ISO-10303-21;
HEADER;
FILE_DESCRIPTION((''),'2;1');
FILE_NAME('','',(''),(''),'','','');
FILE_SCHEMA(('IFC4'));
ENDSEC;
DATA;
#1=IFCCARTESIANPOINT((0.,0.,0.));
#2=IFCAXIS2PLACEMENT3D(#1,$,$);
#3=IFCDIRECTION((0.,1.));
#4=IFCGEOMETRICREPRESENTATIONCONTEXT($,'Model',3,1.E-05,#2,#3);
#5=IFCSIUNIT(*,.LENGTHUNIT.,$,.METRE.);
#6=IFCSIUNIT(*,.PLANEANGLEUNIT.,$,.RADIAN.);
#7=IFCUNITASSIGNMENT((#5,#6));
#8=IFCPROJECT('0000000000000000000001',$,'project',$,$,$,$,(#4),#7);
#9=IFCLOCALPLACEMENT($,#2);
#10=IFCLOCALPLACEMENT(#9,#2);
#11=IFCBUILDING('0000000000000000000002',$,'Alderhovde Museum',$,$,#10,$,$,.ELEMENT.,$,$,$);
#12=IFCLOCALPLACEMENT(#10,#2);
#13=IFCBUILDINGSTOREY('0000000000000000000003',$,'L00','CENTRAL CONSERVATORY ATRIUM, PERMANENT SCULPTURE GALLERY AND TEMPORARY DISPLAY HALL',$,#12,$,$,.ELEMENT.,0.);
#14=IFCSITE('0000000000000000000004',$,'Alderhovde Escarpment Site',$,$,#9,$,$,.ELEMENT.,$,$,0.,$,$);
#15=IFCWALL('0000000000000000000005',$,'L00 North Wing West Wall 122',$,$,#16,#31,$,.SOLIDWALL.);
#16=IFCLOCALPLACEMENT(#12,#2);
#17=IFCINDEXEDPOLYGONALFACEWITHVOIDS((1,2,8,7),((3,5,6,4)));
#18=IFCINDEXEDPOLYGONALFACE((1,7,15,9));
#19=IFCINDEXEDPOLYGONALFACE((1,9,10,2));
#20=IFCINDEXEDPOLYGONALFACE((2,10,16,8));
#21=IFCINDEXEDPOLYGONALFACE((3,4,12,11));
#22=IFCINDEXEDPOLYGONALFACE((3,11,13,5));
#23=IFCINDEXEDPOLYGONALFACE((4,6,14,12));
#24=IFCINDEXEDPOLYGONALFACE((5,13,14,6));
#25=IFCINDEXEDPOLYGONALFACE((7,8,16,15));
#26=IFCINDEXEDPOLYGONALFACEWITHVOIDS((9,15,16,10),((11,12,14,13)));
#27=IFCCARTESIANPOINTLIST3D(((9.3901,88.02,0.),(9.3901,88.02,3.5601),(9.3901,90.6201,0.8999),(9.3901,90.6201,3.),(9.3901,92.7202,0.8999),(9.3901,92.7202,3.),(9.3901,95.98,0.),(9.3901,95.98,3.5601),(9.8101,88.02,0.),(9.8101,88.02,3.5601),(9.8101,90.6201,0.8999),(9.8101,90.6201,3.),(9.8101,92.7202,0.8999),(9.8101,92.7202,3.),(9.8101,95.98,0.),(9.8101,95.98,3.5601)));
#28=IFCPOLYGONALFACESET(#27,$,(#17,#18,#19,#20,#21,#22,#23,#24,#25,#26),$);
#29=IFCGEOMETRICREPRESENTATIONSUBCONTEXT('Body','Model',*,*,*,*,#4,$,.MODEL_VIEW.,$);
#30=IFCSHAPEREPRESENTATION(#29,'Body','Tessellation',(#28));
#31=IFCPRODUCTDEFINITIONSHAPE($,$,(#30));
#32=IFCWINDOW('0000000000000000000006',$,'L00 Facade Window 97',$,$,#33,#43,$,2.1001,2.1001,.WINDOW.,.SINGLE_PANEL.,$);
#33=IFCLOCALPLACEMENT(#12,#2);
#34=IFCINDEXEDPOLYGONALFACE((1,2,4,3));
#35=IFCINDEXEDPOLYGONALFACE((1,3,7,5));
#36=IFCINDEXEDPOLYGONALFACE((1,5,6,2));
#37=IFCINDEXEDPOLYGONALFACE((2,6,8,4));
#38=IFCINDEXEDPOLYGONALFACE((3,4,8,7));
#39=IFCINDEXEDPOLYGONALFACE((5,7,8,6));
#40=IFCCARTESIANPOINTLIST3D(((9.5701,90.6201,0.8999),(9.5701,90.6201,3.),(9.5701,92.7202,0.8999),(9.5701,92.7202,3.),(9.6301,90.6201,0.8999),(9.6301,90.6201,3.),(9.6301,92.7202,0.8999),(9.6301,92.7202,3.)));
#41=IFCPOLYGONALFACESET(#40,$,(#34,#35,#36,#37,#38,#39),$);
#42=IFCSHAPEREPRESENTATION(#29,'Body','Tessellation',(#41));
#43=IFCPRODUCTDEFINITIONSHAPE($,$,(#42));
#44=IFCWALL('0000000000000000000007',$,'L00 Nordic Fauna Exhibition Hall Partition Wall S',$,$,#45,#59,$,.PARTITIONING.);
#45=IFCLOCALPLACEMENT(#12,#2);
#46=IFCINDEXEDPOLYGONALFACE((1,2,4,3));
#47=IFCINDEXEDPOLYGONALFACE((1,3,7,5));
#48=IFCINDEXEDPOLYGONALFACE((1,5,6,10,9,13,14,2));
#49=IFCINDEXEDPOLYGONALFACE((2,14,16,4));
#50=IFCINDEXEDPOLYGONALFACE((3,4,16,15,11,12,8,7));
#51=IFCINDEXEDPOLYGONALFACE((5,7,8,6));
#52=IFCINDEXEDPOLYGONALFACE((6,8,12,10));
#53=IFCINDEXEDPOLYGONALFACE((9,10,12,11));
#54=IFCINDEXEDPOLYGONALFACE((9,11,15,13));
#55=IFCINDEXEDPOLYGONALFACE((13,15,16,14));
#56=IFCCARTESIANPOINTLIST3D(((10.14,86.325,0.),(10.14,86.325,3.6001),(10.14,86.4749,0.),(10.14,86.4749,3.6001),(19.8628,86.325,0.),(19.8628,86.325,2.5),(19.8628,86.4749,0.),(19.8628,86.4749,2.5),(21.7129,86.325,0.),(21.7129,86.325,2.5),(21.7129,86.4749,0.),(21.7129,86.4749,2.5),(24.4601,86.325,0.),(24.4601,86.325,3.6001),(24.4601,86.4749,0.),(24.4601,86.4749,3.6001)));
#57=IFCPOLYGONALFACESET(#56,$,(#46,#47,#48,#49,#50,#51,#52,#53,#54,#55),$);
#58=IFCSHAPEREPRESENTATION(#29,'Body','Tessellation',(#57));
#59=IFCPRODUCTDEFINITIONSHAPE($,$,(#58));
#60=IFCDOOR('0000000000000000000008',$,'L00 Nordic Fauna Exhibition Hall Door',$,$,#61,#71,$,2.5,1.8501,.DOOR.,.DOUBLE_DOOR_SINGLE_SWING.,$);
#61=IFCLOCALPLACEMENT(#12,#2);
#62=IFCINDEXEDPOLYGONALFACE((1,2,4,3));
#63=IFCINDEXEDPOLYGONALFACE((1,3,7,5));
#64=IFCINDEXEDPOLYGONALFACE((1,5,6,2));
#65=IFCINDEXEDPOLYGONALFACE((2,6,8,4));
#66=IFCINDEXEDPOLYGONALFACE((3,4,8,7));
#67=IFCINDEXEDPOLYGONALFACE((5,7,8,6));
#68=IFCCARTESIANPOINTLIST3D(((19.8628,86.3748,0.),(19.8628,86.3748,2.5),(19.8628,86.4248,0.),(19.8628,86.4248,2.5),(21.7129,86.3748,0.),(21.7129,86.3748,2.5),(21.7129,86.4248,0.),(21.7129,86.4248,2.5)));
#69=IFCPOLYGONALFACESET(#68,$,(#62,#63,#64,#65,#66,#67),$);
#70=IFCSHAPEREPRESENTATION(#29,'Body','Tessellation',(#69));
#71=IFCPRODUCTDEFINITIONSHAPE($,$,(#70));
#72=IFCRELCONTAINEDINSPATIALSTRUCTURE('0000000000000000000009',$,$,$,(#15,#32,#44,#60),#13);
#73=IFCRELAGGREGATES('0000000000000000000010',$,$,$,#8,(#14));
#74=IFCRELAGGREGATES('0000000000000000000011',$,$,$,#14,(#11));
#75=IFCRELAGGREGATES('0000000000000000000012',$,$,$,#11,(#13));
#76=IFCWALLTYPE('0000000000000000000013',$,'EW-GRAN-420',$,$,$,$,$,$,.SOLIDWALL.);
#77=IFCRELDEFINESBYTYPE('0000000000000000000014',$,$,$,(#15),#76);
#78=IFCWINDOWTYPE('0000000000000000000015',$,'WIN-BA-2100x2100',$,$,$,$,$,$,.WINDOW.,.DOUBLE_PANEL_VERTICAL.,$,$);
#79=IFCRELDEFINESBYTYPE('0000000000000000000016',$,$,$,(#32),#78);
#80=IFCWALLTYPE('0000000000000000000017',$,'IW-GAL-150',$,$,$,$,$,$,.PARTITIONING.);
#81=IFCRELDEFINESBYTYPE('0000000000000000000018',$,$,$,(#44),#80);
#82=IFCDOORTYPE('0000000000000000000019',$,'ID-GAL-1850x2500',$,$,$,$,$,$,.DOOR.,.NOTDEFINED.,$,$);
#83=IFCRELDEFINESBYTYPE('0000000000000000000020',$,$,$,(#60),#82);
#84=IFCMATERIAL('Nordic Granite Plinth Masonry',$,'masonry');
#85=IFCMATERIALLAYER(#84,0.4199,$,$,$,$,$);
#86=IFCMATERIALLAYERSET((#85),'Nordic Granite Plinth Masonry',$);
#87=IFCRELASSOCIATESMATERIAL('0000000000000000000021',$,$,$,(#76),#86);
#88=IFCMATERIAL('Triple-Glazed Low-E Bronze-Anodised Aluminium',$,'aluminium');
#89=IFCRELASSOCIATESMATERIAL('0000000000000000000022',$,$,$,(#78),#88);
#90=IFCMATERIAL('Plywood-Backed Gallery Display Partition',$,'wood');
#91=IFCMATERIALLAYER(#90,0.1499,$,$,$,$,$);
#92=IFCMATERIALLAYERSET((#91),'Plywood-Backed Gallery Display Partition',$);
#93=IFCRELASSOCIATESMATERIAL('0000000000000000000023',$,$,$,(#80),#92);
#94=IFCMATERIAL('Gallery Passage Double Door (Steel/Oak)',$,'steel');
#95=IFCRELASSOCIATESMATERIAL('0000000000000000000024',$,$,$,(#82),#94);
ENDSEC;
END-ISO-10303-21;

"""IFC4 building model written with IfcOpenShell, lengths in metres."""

from ifc_helpers import new_model, si_unit, direction, frame, frame_2d, origin, place, context, subcontext, project, spatial, rectangle, extrude, material, layer, layer_set, type_object, element, fill, save


model = new_model("IFC4")

# Units and contexts
model_context = context("Model", 3, precision=1e-05, world=origin(), true_north=direction((0.0, 1.0)))
body_context = subcontext(model_context, "Body", "Model", "MODEL_VIEW")
ifc_project = project(units=[si_unit("LENGTHUNIT", "METRE"), si_unit("PLANEANGLEUNIT", "RADIAN")], contexts=[model_context])

# Site, building, storey
site_placement = place(None, origin())
site = spatial("IfcSite", under=ifc_project, at=site_placement, Name="Alderhovde Escarpment Site", CompositionType="ELEMENT", RefElevation=0.0)
building_placement = place(site_placement, origin())
building = spatial("IfcBuilding", under=site, at=building_placement, Name="Alderhovde Museum", CompositionType="ELEMENT")
storey_placement = place(building_placement, origin())
storey = spatial("IfcBuildingStorey", under=building, at=storey_placement, Name="L00", Description="CENTRAL CONSERVATORY ATRIUM, PERMANENT SCULPTURE GALLERY AND TEMPORARY DISPLAY HALL", CompositionType="ELEMENT", Elevation=0.0)

# Wall, opening, window
ifc_material_1 = material(Name="Nordic Granite Plinth Masonry", Category="masonry")
ifc_layer_1 = layer(ifc_material_1, 0.4199)
ifc_layer_set_1 = layer_set([ifc_layer_1], Name="Nordic Granite Plinth Masonry")
wall_type_1 = type_object("IfcWallType", Name="EW-GRAN-420", PredefinedType="SOLIDWALL", material=ifc_layer_set_1)
ifc_material_2 = material(Name="Triple-Glazed Low-E Bronze-Anodised Aluminium", Category="aluminium")
window_type = type_object("IfcWindowType", Name="WIN-BA-2100x2100", PartitioningType="DOUBLE_PANEL_VERTICAL", PredefinedType="WINDOW", material=ifc_material_2)
wall_1_placement = place(storey_placement, frame((9.6001, 88.02, 0.0), z_axis=(0.0, 0.0, 1.0), x_axis=(0.0, 1.0, 0.0)))
wall_1 = element("IfcWall", 1, at=wall_1_placement, inside=storey, type_object=wall_type_1, Name="L00 North Wing West Wall 122", PredefinedType="SOLIDWALL", context=body_context, shape_type="SweptSolid", body=[
    extrude(rectangle(XDim=7.96, YDim=0.4199, at=frame_2d((3.98, 0.0))), origin(), (0.0, 0.0, 1.0), 3.5601),
])
opening_1_placement = place(wall_1_placement, frame((2.6001, 0.0, 0.8999)))
opening_1 = element("IfcOpeningElement", 2, at=opening_1_placement, cuts=wall_1, PredefinedType="OPENING", context=body_context, shape_type="SweptSolid", body=[
    extrude(rectangle(XDim=2.1001, YDim=2.1001, at=frame_2d((1.05, 1.05))), frame((0.0, 0.22, 0.0), z_axis=(0.0, -1.0, 0.0), x_axis=(1.0, 0.0, 0.0)), (0.0, 0.0, 1.0), 0.4399),
])
window_1_placement = place(opening_1_placement, origin())
window_1 = element("IfcWindow", 3, at=window_1_placement, inside=storey, type_object=window_type, Name="L00 Facade Window 97", OverallHeight=2.1001, OverallWidth=2.1001, PartitioningType="SINGLE_PANEL", PredefinedType="WINDOW", context=body_context, shape_type="SweptSolid", body=[
    extrude(rectangle(XDim=2.1001, YDim=2.1001, at=frame_2d((1.05, 1.05))), frame((0.0, 0.03, 0.0), z_axis=(0.0, -1.0, 0.0), x_axis=(1.0, 0.0, 0.0)), (0.0, 0.0, 1.0), 0.0601),
])
fill(opening_1, window_1)

# Wall, opening, door
ifc_material_3 = material(Name="Plywood-Backed Gallery Display Partition", Category="wood")
ifc_layer_2 = layer(ifc_material_3, 0.1499)
ifc_layer_set_2 = layer_set([ifc_layer_2], Name="Plywood-Backed Gallery Display Partition")
wall_type_2 = type_object("IfcWallType", Name="IW-GAL-150", PredefinedType="PARTITIONING", material=ifc_layer_set_2)
wall_2_placement = place(storey_placement, frame((10.1399, 86.3999, 0.0), z_axis=(0.0, 0.0, 1.0), x_axis=(1.0, 0.0, 0.0)))
wall_2 = element("IfcWall", 4, at=wall_2_placement, inside=storey, type_object=wall_type_2, Name="L00 Nordic Fauna Exhibition Hall Partition Wall S", PredefinedType="PARTITIONING", context=body_context, shape_type="SweptSolid", body=[
    extrude(rectangle(XDim=14.3201, YDim=0.1499, at=frame_2d((7.1602, 0.0))), origin(), (0.0, 0.0, 1.0), 3.6001),
])
opening_2_placement = place(wall_2_placement, frame((9.7229, 0.0, 0.0)))
opening_2 = element("IfcOpeningElement", 5, at=opening_2_placement, cuts=wall_2, PredefinedType="OPENING", context=body_context, shape_type="SweptSolid", body=[
    extrude(rectangle(XDim=1.8501, YDim=2.5, at=frame_2d((0.925, 1.25))), frame((0.0, 0.085, 0.0), z_axis=(0.0, -1.0, 0.0), x_axis=(1.0, 0.0, 0.0)), (0.0, 0.0, 1.0), 0.1699),
])
ifc_material_4 = material(Name="Gallery Passage Double Door (Steel/Oak)", Category="steel")
door_type = type_object("IfcDoorType", Name="ID-GAL-1850x2500", OperationType="NOTDEFINED", PredefinedType="DOOR", material=ifc_material_4)
door_placement = place(opening_2_placement, origin())
door = element("IfcDoor", 6, at=door_placement, inside=storey, type_object=door_type, Name="L00 Nordic Fauna Exhibition Hall Door", OperationType="DOUBLE_DOOR_SINGLE_SWING", OverallHeight=2.5, OverallWidth=1.8501, PredefinedType="DOOR", context=body_context, shape_type="SweptSolid", body=[
    extrude(rectangle(XDim=1.8501, YDim=2.5, at=frame_2d((0.925, 1.25))), frame((0.0, 0.0249, 0.0), z_axis=(0.0, -1.0, 0.0), x_axis=(1.0, 0.0, 0.0)), (0.0, 0.0, 1.0), 0.05),
])
fill(opening_2, door)

save(model, "model.ifc")
